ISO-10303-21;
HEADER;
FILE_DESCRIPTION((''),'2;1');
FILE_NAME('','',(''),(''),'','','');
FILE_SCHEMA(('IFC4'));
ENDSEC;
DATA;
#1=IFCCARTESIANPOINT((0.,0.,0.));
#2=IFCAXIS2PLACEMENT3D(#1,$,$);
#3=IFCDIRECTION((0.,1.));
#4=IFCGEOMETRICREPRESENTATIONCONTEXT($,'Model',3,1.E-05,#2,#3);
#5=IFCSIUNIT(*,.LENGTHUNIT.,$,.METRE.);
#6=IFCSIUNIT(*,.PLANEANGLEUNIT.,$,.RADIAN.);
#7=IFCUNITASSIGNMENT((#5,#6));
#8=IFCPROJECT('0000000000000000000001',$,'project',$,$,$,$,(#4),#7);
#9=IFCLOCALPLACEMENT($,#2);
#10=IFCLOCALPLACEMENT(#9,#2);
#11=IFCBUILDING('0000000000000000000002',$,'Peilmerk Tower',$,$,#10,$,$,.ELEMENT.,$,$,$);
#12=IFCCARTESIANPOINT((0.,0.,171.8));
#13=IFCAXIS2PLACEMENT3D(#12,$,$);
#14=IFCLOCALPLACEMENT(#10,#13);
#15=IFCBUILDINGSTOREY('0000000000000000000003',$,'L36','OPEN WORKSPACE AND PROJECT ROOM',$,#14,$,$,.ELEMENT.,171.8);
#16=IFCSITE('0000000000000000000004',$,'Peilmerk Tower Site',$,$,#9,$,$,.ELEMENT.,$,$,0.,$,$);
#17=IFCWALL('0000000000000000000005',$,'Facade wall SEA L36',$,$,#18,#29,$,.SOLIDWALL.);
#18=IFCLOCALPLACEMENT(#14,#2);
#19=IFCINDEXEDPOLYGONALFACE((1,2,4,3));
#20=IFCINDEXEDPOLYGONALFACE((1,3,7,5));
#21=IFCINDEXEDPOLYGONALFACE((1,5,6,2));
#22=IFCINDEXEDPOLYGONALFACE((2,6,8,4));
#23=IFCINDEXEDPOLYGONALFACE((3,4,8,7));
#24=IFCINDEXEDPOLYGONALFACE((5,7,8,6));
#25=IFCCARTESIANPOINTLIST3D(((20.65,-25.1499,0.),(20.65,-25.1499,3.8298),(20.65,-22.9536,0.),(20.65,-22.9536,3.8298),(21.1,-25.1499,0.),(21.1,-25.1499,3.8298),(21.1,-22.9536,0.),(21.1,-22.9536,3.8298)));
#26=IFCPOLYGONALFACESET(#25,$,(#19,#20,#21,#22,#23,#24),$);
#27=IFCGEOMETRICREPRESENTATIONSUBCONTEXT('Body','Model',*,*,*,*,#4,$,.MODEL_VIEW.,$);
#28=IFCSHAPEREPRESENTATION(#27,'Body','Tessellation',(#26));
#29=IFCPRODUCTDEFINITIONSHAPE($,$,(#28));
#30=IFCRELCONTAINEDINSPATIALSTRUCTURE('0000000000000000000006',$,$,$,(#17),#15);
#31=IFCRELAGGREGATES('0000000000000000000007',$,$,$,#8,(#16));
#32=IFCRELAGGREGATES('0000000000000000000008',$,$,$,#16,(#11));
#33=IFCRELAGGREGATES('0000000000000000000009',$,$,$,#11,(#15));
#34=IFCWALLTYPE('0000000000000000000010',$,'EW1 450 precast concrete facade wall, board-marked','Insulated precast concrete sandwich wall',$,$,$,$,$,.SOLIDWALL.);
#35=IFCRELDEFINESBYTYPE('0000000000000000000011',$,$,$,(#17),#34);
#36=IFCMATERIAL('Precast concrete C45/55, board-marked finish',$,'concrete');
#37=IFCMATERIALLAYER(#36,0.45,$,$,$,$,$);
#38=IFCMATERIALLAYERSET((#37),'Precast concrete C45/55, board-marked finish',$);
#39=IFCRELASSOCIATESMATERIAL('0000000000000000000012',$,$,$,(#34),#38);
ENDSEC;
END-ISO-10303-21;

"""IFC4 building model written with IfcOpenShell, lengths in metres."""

from ifc_helpers import new_model, si_unit, direction, frame, frame_2d, origin, place, context, subcontext, project, spatial, rectangle, extrude, material, layer, layer_set, type_object, element, save


model = new_model("IFC4")

# Units and contexts
model_context = context("Model", 3, precision=1e-05, world=origin(), true_north=direction((0.0, 1.0)))
body_context = subcontext(model_context, "Body", "Model", "MODEL_VIEW")
ifc_project = project(units=[si_unit("LENGTHUNIT", "METRE"), si_unit("PLANEANGLEUNIT", "RADIAN")], contexts=[model_context])

# Site, building, storey
site_placement = place(None, origin())
site = spatial("IfcSite", under=ifc_project, at=site_placement, Name="Peilmerk Tower Site", CompositionType="ELEMENT", RefElevation=0.0)
building_placement = place(site_placement, origin())
building = spatial("IfcBuilding", under=site, at=building_placement, Name="Peilmerk Tower", CompositionType="ELEMENT")
storey_placement = place(building_placement, frame((0.0, 0.0, 171.8)))
storey = spatial("IfcBuildingStorey", under=building, at=storey_placement, Name="L36", Description="OPEN WORKSPACE AND PROJECT ROOM", CompositionType="ELEMENT", Elevation=171.8)

# Shared definitions
ifc_material_1 = material(Name="Precast concrete C45/55, board-marked finish", Category="concrete")
ifc_layer_1 = layer(ifc_material_1, 0.45)
ifc_layer_set_1 = layer_set([ifc_layer_1], Name="Precast concrete C45/55, board-marked finish")
wall_type = type_object("IfcWallType", Name="EW1 450 precast concrete facade wall, board-marked", Description="Insulated precast concrete sandwich wall", PredefinedType="SOLIDWALL", material=ifc_layer_set_1)

# Wall
wall_1_placement = place(storey_placement, frame((20.875, -22.9536, 0.0), z_axis=(0.0, 0.0, 1.0), x_axis=(0.0, -1.0, 0.0)))
element("IfcWall", 1, at=wall_1_placement, inside=storey, type_object=wall_type, Name="Facade wall SEA L36", PredefinedType="SOLIDWALL", context=body_context, shape_type="SweptSolid", body=[
    extrude(rectangle(XDim=2.1963, YDim=0.45, at=frame_2d((1.0981, 0.0))), origin(), (0.0, 0.0, 1.0), 3.8298),
])

save(model, "model.ifc")
